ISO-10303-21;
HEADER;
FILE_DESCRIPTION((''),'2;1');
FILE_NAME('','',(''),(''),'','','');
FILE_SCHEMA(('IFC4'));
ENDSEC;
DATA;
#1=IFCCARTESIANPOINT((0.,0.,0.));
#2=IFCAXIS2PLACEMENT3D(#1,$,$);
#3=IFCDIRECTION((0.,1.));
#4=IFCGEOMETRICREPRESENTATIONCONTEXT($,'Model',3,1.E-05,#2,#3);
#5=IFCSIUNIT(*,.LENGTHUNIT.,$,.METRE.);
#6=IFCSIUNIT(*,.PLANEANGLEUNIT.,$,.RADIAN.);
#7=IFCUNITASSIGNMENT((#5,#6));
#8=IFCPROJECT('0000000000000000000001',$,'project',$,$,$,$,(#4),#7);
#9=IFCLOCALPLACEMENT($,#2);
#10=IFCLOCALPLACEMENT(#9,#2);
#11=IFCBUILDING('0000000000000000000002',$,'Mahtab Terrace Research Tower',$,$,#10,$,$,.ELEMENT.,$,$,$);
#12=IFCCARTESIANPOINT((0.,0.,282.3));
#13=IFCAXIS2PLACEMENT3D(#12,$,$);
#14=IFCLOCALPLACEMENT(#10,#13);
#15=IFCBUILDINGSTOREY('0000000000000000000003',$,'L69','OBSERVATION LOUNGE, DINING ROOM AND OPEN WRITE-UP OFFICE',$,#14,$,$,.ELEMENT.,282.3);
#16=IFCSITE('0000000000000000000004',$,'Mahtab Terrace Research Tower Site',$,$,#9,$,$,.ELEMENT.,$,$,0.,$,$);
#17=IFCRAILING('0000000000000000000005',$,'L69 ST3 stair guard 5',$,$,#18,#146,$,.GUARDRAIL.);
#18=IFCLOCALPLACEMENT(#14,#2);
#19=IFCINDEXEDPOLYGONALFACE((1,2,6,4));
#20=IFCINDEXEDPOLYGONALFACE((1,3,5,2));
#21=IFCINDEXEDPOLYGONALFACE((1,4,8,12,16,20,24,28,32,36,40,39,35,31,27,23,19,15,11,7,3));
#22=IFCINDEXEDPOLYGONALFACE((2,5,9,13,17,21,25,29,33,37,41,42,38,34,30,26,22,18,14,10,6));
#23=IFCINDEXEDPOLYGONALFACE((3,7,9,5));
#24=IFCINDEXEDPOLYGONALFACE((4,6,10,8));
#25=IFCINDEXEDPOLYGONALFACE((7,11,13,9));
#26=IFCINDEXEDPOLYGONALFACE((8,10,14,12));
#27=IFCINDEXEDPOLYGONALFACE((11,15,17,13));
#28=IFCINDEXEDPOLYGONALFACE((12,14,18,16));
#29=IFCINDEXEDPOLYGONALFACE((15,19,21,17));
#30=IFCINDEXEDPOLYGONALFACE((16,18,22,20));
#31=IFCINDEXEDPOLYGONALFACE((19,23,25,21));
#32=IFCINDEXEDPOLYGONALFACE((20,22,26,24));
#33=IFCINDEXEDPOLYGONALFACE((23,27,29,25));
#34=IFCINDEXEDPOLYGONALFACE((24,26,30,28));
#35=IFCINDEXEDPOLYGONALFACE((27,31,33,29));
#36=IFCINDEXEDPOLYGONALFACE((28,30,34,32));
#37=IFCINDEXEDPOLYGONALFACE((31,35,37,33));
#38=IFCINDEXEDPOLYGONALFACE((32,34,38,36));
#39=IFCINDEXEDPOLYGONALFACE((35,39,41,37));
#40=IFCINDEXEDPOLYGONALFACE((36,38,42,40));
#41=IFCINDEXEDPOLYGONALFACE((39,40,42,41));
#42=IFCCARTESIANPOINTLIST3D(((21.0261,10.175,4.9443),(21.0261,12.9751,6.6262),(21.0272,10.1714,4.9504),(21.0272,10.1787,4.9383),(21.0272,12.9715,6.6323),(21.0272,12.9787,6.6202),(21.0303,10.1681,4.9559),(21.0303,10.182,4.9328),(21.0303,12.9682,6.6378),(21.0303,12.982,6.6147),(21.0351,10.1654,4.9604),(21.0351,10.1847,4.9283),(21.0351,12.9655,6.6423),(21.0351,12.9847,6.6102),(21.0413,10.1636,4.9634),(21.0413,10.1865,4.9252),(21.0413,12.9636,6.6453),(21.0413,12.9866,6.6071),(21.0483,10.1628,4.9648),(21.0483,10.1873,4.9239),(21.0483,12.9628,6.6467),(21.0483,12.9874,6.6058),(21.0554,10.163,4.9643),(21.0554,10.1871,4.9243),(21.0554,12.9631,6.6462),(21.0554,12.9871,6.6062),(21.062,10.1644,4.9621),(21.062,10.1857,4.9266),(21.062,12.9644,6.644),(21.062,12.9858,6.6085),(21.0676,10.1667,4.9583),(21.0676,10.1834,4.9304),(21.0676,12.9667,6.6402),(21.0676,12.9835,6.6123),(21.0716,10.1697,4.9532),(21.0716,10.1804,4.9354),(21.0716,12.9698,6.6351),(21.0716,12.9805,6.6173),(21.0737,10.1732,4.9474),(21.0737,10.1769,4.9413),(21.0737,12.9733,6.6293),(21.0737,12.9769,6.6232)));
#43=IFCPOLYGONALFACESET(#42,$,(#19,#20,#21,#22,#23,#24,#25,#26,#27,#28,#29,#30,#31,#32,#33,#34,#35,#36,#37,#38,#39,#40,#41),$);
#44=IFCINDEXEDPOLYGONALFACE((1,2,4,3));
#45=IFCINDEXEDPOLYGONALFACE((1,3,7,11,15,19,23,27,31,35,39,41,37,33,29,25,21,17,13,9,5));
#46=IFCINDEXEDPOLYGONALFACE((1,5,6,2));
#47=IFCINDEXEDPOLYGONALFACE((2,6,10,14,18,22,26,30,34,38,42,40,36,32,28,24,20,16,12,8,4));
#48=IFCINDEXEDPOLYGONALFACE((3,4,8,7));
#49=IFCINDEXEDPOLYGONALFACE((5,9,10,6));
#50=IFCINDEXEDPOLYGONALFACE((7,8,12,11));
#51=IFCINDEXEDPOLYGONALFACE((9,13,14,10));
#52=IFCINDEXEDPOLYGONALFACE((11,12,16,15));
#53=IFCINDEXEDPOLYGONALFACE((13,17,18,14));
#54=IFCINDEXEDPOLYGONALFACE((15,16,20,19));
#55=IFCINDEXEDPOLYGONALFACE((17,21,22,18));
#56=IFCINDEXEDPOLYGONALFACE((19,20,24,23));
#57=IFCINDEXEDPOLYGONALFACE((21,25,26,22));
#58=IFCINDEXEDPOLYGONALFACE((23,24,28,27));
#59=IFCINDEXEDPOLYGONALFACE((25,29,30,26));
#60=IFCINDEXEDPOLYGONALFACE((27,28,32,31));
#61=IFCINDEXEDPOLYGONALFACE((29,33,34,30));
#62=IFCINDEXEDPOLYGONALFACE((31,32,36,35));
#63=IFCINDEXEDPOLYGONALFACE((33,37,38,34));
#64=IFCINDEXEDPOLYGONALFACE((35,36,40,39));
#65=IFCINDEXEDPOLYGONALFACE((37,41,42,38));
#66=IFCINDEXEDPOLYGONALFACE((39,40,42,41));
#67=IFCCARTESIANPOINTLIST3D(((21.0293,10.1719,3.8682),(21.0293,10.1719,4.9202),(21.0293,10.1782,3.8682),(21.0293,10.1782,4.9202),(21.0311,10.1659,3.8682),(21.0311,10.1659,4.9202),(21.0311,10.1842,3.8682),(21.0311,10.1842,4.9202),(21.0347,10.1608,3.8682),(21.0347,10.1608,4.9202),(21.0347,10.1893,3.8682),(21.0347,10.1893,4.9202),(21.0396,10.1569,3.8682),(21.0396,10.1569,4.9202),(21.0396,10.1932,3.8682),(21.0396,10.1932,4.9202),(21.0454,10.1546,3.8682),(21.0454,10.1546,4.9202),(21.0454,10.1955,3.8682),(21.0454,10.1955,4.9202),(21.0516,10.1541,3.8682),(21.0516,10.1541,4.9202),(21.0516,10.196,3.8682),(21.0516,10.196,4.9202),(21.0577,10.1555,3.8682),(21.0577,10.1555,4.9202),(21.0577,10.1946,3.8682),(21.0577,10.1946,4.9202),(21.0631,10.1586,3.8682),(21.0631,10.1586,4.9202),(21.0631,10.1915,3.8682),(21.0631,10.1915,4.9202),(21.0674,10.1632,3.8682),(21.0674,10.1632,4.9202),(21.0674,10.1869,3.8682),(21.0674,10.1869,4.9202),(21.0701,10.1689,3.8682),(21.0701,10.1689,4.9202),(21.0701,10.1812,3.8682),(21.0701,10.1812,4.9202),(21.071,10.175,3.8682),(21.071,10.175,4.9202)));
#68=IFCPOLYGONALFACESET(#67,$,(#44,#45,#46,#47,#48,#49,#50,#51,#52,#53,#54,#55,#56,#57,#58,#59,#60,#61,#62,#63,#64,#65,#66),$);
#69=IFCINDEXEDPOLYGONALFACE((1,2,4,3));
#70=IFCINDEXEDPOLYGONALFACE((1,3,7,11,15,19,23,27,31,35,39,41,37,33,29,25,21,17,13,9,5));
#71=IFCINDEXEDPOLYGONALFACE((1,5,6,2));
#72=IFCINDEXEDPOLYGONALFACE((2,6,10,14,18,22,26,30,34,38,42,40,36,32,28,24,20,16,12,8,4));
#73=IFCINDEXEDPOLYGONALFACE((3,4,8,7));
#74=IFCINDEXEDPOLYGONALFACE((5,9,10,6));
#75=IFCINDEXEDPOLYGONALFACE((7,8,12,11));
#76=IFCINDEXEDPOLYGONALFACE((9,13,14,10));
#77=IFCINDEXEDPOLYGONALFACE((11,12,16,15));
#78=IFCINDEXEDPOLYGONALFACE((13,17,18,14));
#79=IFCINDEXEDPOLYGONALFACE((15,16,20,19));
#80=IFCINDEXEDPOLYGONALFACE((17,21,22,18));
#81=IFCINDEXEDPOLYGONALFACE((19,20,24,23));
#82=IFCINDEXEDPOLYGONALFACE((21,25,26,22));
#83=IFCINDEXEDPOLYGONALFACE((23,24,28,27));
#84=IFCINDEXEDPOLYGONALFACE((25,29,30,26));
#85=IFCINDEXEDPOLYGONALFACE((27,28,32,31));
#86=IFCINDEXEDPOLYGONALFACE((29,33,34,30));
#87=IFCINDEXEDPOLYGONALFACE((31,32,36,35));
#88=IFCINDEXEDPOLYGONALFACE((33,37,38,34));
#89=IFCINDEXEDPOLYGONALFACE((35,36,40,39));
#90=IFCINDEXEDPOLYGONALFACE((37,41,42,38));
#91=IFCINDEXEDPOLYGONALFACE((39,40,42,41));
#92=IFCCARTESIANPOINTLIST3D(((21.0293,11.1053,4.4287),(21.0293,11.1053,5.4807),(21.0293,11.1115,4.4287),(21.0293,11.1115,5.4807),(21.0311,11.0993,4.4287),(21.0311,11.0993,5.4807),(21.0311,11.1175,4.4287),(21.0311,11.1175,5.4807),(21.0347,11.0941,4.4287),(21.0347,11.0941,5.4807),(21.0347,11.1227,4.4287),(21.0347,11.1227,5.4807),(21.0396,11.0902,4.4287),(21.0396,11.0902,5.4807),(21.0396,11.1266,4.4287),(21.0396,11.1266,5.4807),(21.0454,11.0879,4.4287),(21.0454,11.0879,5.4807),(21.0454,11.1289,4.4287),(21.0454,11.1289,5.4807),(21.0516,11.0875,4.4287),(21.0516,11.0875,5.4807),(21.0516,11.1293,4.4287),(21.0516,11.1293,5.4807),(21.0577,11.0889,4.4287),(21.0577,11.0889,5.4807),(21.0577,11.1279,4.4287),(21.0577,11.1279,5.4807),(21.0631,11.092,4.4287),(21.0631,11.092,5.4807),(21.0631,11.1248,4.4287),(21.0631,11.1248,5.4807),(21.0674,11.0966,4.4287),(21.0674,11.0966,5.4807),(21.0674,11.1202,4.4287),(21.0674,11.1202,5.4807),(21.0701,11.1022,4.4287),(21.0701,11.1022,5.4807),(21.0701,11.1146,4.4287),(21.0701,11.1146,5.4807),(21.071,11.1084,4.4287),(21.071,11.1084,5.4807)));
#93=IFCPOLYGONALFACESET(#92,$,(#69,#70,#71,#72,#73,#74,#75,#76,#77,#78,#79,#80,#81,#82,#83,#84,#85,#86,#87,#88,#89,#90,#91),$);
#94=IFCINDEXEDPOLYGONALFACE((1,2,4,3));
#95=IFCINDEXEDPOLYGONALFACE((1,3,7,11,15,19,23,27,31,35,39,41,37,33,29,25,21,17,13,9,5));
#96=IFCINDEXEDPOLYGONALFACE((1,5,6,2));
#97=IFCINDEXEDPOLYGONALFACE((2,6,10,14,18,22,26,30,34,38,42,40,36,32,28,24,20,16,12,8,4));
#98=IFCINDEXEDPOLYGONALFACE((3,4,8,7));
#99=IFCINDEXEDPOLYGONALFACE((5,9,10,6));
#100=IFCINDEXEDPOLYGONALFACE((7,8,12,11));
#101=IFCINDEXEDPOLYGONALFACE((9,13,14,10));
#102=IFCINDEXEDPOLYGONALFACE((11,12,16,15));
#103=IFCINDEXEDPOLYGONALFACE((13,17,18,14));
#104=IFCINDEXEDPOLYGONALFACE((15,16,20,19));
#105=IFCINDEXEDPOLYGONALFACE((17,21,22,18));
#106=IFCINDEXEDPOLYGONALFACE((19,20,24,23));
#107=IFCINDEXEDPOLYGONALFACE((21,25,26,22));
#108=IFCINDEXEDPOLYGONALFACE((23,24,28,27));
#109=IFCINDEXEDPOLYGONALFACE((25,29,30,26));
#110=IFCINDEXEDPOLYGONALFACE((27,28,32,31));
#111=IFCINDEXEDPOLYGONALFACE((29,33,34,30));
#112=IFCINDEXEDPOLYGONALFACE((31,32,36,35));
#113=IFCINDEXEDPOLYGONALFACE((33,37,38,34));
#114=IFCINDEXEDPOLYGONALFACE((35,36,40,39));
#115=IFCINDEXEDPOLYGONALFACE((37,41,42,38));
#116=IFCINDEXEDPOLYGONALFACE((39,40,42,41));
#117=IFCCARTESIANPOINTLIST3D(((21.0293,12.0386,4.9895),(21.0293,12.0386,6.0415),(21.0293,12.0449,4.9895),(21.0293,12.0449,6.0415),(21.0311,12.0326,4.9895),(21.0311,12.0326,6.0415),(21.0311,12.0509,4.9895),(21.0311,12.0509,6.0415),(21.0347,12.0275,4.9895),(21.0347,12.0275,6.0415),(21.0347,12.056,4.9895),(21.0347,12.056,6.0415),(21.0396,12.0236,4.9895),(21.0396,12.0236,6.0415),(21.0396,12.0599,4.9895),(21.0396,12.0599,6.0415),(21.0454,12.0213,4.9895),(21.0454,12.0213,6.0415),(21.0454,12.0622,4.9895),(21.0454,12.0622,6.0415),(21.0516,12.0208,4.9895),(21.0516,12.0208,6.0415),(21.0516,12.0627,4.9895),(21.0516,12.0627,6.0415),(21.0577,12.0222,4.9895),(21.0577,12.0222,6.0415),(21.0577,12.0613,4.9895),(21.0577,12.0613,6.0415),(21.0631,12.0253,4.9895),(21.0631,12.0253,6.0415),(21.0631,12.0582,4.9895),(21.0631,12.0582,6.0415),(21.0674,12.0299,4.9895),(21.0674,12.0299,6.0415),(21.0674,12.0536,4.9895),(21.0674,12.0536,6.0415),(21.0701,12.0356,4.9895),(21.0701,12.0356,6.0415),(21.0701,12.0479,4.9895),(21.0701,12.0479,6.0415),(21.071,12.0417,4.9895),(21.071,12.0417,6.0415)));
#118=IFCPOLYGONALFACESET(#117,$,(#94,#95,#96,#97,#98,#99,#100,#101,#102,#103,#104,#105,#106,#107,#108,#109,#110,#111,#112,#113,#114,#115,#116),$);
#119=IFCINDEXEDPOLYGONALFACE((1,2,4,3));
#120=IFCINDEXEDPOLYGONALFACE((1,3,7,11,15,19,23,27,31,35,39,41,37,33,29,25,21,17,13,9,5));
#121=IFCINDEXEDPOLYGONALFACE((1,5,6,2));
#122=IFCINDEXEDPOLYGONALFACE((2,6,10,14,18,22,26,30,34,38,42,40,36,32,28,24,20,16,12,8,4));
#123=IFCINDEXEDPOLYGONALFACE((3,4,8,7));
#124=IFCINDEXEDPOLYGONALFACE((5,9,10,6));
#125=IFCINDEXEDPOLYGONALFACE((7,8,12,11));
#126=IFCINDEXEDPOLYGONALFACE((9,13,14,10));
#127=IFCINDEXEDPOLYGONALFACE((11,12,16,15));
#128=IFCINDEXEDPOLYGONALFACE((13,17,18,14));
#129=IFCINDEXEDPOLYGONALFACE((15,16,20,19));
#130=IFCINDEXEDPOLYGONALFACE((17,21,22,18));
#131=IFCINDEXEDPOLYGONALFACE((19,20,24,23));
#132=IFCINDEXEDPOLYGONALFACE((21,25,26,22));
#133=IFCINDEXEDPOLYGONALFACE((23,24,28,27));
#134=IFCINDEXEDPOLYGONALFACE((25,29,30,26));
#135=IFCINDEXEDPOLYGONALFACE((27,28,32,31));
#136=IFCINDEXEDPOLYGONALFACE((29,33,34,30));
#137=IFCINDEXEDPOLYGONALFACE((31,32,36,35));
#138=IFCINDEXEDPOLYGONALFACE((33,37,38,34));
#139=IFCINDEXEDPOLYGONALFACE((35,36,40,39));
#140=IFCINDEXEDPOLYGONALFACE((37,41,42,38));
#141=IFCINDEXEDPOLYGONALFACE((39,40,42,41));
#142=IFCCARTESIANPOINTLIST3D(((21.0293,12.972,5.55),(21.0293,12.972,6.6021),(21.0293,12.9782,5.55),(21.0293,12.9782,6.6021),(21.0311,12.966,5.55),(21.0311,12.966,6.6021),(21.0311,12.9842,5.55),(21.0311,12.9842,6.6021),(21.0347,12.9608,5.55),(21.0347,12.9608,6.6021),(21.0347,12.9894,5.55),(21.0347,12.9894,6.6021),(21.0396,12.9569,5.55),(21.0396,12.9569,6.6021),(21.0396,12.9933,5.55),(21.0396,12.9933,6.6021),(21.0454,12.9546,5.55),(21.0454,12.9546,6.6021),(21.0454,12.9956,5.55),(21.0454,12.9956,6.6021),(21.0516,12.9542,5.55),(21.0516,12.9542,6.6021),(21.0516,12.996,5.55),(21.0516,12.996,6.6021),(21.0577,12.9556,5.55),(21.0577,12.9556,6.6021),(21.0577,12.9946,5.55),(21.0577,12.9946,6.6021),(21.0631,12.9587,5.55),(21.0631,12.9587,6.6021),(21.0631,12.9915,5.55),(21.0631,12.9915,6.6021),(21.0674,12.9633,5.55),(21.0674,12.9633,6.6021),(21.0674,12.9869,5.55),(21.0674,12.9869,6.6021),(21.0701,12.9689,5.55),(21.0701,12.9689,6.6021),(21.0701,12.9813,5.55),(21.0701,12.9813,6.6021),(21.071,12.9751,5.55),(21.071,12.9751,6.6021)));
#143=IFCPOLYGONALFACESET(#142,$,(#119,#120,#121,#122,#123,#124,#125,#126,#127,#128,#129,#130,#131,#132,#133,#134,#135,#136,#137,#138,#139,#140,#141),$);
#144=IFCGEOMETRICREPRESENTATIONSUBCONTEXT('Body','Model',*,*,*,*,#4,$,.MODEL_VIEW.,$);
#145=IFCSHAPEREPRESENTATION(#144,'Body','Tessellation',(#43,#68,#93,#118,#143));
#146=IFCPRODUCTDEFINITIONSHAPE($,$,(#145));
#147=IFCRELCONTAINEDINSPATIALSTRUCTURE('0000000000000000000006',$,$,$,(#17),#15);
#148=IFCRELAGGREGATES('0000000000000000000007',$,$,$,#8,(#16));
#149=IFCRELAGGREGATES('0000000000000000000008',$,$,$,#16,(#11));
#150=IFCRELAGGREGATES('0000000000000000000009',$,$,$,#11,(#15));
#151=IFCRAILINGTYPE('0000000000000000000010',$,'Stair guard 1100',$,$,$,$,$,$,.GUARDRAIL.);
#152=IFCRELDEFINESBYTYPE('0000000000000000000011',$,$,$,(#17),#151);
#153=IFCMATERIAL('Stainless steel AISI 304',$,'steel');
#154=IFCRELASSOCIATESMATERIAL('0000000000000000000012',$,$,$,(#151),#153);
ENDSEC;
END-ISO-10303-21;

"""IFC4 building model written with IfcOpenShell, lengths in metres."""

from ifc_helpers import new_model, si_unit, direction, frame, origin, origin_2d, place, context, subcontext, project, spatial, circle, extrude, material, type_object, element, save


model = new_model("IFC4")

# Units and contexts
model_context = context("Model", 3, precision=1e-05, world=origin(), true_north=direction((0.0, 1.0)))
body_context = subcontext(model_context, "Body", "Model", "MODEL_VIEW")
ifc_project = project(units=[si_unit("LENGTHUNIT", "METRE"), si_unit("PLANEANGLEUNIT", "RADIAN")], contexts=[model_context])

# Site, building, storey
site_placement = place(None, origin())
site = spatial("IfcSite", under=ifc_project, at=site_placement, Name="Mahtab Terrace Research Tower Site", CompositionType="ELEMENT", RefElevation=0.0)
building_placement = place(site_placement, origin())
building = spatial("IfcBuilding", under=site, at=building_placement, Name="Mahtab Terrace Research Tower", CompositionType="ELEMENT")
storey_placement = place(building_placement, frame((0.0, 0.0, 282.3)))
storey = spatial("IfcBuildingStorey", under=building, at=storey_placement, Name="L69", Description="OBSERVATION LOUNGE, DINING ROOM AND OPEN WRITE-UP OFFICE", CompositionType="ELEMENT", Elevation=282.3)

# Railing
ifc_material_1 = material(Name="Stainless steel AISI 304", Category="steel")
railing_type_1 = type_object("IfcRailingType", Name="Stair guard 1100", PredefinedType="GUARDRAIL", material=ifc_material_1)
railing_1_placement = place(storey_placement, frame((21.05, 10.175, 3.8682)))
element("IfcRailing", 1, at=railing_1_placement, inside=storey, type_object=railing_type_1, Name="L69 ST3 stair guard 5", PredefinedType="GUARDRAIL", context=body_context, shape_type="SweptSolid", body=[
    extrude(circle(Radius=0.0239, at=origin_2d()), frame((0.0, 0.0, 1.0762), z_axis=(0.0, 0.857242, 0.514913), x_axis=(-1.0, 0.0, 0.0)), (0.0, 0.0, 1.0), 3.2664),
    extrude(circle(Radius=0.021, at=origin_2d()), origin(), (0.0, 0.0, 1.0), 1.052),
    extrude(circle(Radius=0.021, at=origin_2d()), frame((0.0, 0.9333, 0.5605)), (0.0, 0.0, 1.0), 1.052),
    extrude(circle(Radius=0.021, at=origin_2d()), frame((0.0, 1.8667, 1.1213)), (0.0, 0.0, 1.0), 1.052),
    extrude(circle(Radius=0.021, at=origin_2d()), frame((0.0, 2.8, 1.6819)), (0.0, 0.0, 1.0), 1.052),
])

save(model, "model.ifc")
